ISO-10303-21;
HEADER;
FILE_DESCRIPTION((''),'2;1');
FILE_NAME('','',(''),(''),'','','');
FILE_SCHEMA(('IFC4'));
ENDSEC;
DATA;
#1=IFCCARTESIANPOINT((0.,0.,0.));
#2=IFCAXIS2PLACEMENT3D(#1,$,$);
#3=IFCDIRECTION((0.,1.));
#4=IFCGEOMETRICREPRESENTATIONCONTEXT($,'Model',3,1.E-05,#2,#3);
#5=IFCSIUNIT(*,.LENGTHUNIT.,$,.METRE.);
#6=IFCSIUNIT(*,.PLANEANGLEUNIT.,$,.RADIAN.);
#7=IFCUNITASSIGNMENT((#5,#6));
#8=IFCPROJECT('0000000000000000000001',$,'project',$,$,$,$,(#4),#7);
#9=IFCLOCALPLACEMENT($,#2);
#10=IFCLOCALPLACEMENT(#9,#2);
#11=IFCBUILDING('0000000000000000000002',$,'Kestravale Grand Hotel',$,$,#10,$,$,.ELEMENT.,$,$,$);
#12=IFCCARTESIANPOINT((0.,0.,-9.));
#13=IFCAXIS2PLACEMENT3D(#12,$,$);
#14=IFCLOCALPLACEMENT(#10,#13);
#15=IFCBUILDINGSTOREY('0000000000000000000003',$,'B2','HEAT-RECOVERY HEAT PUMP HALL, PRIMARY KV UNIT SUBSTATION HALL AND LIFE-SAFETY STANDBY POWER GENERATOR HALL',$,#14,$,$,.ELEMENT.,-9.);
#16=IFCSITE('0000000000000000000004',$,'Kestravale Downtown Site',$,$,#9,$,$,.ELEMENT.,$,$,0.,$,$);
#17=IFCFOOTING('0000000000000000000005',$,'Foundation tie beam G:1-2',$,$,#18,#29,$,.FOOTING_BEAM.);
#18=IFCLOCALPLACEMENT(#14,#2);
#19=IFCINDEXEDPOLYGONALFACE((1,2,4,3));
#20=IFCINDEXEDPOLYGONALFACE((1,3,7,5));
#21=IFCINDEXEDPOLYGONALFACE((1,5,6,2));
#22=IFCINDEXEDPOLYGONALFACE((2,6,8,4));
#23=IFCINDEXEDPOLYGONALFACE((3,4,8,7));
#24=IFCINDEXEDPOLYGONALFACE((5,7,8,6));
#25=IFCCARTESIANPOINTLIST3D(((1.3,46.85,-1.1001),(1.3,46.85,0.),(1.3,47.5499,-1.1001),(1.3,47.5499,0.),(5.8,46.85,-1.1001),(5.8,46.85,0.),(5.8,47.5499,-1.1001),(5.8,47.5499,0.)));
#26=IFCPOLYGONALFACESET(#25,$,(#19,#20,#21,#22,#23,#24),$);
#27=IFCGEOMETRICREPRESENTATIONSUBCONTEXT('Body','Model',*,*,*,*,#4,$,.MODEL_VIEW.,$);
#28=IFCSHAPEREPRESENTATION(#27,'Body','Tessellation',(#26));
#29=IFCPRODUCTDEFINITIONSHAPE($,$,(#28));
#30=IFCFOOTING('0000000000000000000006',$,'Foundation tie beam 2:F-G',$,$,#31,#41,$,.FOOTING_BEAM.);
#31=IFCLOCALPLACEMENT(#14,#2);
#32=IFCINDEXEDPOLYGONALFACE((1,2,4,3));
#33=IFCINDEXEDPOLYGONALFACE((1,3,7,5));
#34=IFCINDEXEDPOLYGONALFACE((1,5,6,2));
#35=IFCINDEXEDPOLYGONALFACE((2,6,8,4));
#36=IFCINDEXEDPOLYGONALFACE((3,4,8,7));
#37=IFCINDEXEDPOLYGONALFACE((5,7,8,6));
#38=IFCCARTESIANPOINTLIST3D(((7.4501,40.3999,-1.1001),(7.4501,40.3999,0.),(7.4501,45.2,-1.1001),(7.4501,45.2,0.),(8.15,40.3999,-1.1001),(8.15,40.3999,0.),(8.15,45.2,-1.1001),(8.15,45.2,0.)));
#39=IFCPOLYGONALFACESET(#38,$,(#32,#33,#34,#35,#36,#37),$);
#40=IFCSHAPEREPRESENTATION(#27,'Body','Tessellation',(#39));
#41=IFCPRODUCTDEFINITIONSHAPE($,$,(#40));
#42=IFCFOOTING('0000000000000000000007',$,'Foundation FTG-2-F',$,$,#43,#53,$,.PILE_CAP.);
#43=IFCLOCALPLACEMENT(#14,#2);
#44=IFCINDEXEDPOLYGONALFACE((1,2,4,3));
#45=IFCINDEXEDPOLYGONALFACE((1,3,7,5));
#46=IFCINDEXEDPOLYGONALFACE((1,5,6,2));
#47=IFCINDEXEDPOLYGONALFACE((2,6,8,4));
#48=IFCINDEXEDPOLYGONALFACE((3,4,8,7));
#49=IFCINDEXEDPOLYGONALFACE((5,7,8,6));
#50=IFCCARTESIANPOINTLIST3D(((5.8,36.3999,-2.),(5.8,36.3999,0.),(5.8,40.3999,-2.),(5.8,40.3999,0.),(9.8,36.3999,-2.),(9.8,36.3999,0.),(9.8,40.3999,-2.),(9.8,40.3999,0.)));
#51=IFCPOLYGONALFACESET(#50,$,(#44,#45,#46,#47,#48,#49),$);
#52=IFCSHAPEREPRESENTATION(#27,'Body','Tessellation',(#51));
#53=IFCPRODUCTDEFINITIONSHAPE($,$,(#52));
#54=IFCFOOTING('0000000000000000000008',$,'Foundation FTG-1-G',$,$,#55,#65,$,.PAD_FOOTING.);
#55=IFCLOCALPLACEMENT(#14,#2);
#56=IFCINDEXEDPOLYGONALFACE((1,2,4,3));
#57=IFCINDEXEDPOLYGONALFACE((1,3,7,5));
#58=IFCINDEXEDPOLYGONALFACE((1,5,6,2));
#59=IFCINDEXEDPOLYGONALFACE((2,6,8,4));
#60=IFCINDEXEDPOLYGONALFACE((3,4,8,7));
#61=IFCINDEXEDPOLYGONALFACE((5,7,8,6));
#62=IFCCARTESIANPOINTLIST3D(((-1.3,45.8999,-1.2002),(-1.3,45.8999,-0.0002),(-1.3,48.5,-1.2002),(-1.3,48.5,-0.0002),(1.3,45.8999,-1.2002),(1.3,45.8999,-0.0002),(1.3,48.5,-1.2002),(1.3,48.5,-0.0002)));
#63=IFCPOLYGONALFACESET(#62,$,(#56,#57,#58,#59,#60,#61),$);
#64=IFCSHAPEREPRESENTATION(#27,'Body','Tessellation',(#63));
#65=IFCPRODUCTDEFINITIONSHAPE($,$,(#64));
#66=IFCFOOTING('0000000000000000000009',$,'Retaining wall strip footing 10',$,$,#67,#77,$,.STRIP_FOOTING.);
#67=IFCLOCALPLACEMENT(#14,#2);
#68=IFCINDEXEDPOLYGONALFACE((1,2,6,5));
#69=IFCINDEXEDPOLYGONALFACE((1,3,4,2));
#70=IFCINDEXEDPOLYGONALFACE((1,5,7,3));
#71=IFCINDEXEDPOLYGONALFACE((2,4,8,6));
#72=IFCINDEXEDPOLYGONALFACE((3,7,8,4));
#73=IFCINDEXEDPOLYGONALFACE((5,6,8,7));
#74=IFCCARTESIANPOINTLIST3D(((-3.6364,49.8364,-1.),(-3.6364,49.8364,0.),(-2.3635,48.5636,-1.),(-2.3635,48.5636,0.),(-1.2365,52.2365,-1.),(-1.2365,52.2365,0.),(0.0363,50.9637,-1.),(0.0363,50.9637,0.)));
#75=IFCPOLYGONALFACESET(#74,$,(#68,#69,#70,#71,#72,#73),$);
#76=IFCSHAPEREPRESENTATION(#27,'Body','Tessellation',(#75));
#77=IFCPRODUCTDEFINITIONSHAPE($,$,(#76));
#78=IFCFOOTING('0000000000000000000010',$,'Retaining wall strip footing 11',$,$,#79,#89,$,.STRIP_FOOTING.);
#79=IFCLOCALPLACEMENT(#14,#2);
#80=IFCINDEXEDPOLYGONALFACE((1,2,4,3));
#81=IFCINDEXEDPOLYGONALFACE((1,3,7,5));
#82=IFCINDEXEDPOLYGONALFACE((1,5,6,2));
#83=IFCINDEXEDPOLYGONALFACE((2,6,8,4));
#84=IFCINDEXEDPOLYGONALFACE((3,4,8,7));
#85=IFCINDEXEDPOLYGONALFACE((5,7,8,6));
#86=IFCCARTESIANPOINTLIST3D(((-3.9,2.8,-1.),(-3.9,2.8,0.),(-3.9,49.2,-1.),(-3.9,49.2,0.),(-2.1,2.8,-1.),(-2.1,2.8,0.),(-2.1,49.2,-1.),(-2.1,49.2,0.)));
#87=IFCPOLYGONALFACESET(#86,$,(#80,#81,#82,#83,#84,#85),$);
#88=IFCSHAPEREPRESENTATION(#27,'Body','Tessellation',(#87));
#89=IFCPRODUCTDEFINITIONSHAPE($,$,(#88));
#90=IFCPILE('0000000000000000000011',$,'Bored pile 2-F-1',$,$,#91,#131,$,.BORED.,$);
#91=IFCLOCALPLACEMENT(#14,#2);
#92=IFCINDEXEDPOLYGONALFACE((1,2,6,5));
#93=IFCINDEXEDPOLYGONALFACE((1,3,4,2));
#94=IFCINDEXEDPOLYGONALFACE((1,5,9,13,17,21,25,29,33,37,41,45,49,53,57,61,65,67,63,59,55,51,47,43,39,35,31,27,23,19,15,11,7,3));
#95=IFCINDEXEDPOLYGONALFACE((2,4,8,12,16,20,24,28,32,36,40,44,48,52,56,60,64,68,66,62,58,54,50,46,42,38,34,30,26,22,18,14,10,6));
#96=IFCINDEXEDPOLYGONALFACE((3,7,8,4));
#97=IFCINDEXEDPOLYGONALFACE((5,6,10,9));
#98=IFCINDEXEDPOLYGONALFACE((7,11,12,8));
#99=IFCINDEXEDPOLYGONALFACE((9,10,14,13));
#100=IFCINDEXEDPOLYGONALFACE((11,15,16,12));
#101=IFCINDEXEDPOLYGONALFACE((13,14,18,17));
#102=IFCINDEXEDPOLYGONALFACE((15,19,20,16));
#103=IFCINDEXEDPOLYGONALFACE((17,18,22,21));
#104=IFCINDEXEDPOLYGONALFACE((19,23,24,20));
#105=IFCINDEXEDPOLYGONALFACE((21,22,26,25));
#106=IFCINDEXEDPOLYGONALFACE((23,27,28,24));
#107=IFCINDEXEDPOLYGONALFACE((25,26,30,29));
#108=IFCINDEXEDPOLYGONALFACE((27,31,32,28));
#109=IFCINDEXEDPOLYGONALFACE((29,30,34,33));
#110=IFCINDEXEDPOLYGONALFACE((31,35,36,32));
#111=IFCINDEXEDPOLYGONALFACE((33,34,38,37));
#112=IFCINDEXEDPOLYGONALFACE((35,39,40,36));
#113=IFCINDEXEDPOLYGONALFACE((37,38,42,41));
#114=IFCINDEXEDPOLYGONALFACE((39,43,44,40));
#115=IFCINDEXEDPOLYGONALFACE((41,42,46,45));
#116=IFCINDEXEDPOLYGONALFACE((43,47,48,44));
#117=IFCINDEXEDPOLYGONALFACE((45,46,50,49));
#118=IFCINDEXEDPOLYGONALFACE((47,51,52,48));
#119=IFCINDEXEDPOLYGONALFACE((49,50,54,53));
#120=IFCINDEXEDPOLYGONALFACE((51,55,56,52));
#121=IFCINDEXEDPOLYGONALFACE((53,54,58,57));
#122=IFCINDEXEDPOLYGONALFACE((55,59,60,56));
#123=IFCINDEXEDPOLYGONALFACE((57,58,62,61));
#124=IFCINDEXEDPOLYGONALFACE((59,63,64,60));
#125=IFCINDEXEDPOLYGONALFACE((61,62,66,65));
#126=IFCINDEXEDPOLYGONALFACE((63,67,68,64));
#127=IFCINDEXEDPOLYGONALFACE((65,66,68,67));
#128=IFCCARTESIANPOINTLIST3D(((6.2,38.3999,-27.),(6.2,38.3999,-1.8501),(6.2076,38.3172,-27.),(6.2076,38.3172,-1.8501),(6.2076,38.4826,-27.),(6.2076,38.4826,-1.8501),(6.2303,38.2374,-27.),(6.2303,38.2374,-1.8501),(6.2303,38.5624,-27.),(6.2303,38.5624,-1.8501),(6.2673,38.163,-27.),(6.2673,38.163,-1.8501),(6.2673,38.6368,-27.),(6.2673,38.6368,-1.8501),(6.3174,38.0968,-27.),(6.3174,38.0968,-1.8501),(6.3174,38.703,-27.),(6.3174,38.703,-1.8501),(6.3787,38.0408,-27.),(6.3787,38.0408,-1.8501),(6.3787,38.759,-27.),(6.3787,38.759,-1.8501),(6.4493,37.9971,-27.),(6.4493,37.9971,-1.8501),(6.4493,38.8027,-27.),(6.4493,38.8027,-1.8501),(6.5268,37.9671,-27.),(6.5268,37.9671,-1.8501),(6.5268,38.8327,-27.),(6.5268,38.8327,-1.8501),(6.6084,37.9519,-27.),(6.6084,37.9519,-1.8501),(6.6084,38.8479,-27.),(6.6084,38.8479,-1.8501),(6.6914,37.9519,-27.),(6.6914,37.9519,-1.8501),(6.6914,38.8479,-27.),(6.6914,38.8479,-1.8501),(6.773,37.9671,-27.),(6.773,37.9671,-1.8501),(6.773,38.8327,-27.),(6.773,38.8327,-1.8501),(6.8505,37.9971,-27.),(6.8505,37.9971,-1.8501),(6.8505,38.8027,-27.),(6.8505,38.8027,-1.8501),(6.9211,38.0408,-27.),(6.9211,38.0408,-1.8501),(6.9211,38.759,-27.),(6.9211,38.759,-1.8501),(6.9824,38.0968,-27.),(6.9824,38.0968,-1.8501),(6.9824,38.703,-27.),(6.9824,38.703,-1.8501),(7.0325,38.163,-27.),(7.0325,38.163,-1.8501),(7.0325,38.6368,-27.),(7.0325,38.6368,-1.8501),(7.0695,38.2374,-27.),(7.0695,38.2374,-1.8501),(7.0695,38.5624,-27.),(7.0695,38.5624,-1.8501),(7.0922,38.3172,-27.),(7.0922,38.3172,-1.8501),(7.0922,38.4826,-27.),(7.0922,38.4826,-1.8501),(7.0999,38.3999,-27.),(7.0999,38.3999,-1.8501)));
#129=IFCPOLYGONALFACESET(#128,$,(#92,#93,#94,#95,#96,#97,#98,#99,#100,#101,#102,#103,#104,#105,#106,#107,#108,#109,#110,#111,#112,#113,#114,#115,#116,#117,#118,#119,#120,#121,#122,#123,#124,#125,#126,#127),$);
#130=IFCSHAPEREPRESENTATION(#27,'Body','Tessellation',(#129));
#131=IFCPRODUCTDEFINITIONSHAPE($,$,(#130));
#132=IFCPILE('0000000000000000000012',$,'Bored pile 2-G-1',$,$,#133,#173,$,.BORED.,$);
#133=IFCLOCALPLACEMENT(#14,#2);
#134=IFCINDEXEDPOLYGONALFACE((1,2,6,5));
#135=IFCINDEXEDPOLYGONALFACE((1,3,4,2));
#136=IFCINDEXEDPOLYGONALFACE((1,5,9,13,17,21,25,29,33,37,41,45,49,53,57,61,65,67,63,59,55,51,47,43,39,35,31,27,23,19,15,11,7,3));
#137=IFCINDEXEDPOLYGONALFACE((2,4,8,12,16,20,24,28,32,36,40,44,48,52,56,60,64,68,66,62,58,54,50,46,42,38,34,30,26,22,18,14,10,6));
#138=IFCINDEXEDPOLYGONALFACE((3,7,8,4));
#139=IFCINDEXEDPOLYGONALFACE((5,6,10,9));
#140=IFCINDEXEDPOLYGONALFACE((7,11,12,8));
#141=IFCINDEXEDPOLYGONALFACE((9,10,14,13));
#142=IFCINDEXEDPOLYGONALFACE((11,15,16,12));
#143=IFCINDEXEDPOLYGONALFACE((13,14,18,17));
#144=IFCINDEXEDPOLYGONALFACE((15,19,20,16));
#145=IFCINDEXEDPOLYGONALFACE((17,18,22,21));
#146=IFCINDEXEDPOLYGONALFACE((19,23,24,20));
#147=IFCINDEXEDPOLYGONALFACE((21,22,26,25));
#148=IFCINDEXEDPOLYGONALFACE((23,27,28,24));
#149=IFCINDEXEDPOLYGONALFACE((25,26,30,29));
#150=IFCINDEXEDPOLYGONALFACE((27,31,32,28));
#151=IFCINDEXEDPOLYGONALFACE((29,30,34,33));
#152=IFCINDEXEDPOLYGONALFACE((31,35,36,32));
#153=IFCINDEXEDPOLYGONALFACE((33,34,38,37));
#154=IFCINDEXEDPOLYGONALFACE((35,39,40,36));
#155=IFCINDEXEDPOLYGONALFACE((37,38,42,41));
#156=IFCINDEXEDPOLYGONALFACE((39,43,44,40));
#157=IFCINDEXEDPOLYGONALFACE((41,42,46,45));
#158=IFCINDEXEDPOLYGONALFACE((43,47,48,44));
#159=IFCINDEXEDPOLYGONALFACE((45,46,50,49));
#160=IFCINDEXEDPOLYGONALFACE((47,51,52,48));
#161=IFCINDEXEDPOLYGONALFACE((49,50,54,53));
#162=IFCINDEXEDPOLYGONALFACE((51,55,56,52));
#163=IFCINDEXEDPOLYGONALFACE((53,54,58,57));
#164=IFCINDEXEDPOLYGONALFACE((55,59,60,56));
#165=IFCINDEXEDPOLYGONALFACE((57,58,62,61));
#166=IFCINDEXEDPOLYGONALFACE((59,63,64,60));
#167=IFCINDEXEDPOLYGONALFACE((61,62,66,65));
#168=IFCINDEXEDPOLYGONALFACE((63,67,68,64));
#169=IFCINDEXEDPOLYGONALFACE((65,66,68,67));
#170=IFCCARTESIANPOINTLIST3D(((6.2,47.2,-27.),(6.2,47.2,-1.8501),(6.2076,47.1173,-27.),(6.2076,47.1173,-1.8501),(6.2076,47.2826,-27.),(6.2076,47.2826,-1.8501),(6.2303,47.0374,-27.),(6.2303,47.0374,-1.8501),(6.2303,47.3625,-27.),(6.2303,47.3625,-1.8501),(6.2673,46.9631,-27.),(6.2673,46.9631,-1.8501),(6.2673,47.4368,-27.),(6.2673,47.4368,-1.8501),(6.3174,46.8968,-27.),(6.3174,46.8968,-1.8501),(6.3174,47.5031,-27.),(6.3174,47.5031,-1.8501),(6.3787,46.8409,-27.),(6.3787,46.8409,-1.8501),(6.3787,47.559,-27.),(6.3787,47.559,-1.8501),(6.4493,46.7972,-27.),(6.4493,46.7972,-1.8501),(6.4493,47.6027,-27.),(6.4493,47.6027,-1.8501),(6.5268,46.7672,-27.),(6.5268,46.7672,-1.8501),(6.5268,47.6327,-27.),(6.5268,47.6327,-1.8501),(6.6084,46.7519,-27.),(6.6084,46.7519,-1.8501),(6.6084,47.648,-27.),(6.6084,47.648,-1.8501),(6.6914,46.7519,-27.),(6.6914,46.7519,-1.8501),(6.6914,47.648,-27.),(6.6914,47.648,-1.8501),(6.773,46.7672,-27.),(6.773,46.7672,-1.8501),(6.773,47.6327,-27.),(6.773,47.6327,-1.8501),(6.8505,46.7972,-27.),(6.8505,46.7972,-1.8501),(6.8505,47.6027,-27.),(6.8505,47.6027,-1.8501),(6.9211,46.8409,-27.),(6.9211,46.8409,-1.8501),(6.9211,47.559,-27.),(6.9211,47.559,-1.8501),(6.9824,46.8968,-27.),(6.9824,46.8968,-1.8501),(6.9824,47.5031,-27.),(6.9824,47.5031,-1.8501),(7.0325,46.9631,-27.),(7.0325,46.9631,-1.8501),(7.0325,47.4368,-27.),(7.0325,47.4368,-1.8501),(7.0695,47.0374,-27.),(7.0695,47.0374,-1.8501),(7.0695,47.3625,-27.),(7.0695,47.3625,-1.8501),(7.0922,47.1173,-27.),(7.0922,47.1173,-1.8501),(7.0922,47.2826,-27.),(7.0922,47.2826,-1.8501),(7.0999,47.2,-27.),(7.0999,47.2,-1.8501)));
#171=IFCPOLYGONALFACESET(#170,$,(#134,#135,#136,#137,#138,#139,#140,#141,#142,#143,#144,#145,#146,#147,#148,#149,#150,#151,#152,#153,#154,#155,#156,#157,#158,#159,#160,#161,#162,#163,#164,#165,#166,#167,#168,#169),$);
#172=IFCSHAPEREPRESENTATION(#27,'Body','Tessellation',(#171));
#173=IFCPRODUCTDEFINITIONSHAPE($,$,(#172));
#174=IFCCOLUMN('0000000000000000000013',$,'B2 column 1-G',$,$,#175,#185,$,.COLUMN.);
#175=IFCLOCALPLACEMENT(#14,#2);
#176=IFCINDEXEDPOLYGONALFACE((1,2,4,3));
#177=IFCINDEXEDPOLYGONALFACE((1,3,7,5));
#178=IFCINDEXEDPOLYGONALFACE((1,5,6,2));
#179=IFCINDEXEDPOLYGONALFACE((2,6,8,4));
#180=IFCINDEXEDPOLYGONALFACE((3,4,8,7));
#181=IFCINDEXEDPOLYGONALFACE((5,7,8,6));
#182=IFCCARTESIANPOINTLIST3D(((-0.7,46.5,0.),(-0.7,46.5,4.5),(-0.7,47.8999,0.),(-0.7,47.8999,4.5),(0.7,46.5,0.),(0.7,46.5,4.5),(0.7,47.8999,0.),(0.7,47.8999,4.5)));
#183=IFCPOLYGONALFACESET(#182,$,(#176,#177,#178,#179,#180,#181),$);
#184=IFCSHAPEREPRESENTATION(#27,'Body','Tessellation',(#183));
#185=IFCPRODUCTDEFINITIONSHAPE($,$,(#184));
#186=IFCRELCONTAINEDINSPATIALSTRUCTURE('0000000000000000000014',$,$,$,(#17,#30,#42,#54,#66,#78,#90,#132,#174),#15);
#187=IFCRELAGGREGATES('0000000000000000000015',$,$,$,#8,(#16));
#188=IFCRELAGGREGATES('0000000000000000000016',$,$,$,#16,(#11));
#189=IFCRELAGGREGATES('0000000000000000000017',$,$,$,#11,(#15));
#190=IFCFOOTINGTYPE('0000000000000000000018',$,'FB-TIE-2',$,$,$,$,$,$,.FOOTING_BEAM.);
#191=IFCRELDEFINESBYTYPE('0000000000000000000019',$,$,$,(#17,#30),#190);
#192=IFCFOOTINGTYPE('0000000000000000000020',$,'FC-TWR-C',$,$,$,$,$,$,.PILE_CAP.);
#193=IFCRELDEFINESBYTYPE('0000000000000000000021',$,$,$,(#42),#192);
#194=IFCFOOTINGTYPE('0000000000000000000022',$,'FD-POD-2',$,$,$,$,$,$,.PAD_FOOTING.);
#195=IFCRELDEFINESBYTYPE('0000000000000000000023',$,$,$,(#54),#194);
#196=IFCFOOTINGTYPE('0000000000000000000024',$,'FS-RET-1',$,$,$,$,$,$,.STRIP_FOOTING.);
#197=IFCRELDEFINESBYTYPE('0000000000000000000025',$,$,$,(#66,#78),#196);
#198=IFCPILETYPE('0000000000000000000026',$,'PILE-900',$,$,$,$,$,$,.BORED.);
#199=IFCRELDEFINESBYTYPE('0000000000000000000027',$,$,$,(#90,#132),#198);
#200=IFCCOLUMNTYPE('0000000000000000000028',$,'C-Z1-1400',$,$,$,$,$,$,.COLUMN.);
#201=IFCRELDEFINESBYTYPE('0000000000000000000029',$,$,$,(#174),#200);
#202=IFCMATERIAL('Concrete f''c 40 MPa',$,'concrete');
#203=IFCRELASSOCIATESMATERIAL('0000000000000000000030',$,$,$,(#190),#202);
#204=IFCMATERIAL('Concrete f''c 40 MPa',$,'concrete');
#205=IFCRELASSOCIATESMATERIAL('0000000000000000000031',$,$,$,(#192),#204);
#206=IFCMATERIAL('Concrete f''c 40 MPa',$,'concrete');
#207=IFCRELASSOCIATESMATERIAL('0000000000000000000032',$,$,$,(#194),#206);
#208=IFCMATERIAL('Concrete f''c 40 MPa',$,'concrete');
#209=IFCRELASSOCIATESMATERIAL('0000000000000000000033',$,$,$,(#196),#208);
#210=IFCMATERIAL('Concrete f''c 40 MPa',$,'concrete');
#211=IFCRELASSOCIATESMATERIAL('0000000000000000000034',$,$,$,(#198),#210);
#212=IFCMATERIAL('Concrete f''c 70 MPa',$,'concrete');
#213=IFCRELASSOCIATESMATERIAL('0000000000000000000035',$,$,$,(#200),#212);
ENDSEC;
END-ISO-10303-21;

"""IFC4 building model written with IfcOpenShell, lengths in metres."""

from ifc_helpers import new_model, si_unit, direction, frame, origin, origin_2d, place, context, subcontext, project, spatial, rectangle, circle, extrude, material, material_profile, profile_set, type_object, element, save


model = new_model("IFC4")

# Units and contexts
model_context = context("Model", 3, precision=1e-05, world=origin(), true_north=direction((0.0, 1.0)))
body_context = subcontext(model_context, "Body", "Model", "MODEL_VIEW")
ifc_project = project(units=[si_unit("LENGTHUNIT", "METRE"), si_unit("PLANEANGLEUNIT", "RADIAN")], contexts=[model_context])

# Site, building, storey
site_placement = place(None, origin())
site = spatial("IfcSite", under=ifc_project, at=site_placement, Name="Kestravale Downtown Site", CompositionType="ELEMENT", RefElevation=0.0)
building_placement = place(site_placement, origin())
building = spatial("IfcBuilding", under=site, at=building_placement, Name="Kestravale Grand Hotel", CompositionType="ELEMENT")
storey_placement = place(building_placement, frame((0.0, 0.0, -9.0)))
storey = spatial("IfcBuildingStorey", under=building, at=storey_placement, Name="B2", Description="HEAT-RECOVERY HEAT PUMP HALL, PRIMARY KV UNIT SUBSTATION HALL AND LIFE-SAFETY STANDBY POWER GENERATOR HALL", CompositionType="ELEMENT", Elevation=-9.0)

# Footings
ifc_material_1 = material(Name="Concrete f'c 40 MPa", Category="concrete")
ifc_material_profile_1 = material_profile(ifc_material_1, rectangle(XDim=0.7, YDim=1.1001, at=origin_2d()))
ifc_profile_set_1 = profile_set([ifc_material_profile_1], Name="Concrete f'c 40 MPa")
footing_type_1 = type_object("IfcFootingType", Name="FB-TIE-2", PredefinedType="FOOTING_BEAM", material=ifc_profile_set_1)
footing_1_placement = place(storey_placement, frame((1.3, 47.2, -0.55), z_axis=(1.0, 0.0, 0.0), x_axis=(0.0, 1.0, 0.0)))
element("IfcFooting", 1, at=footing_1_placement, inside=storey, type_object=footing_type_1, Name="Foundation tie beam G:1-2", PredefinedType="FOOTING_BEAM", context=body_context, shape_type="SweptSolid", body=[
    extrude(rectangle(XDim=0.7, YDim=1.1001, at=origin_2d()), origin(), (0.0, 0.0, 1.0), 4.5),
])
footing_2_placement = place(storey_placement, frame((7.8, 40.3999, -0.55), z_axis=(0.0, 1.0, 0.0), x_axis=(-1.0, 0.0, 0.0)))
element("IfcFooting", 2, at=footing_2_placement, inside=storey, type_object=footing_type_1, Name="Foundation tie beam 2:F-G", PredefinedType="FOOTING_BEAM", context=body_context, shape_type="SweptSolid", body=[
    extrude(rectangle(XDim=0.7, YDim=1.1001, at=origin_2d()), origin(), (0.0, 0.0, 1.0), 4.8),
])
ifc_material_2 = material(Name="Concrete f'c 40 MPa", Category="concrete")
footing_type_2 = type_object("IfcFootingType", Name="FC-TWR-C", PredefinedType="PILE_CAP", material=ifc_material_2)
footing_3_placement = place(storey_placement, frame((7.8, 38.3999, -2.0), z_axis=(0.0, 0.0, 1.0), x_axis=(1.0, 0.0, 0.0)))
element("IfcFooting", 3, at=footing_3_placement, inside=storey, type_object=footing_type_2, Name="Foundation FTG-2-F", PredefinedType="PILE_CAP", context=body_context, shape_type="SweptSolid", body=[
    extrude(rectangle(XDim=4.0, YDim=4.0, at=origin_2d()), origin(), (0.0, 0.0, 1.0), 2.0),
])
ifc_material_3 = material(Name="Concrete f'c 40 MPa", Category="concrete")
footing_type_3 = type_object("IfcFootingType", Name="FD-POD-2", PredefinedType="PAD_FOOTING", material=ifc_material_3)
footing_4_placement = place(storey_placement, frame((0.0, 47.2, -1.2002), z_axis=(0.0, 0.0, 1.0), x_axis=(1.0, 0.0, 0.0)))
element("IfcFooting", 4, at=footing_4_placement, inside=storey, type_object=footing_type_3, Name="Foundation FTG-1-G", PredefinedType="PAD_FOOTING", context=body_context, shape_type="SweptSolid", body=[
    extrude(rectangle(XDim=2.6001, YDim=2.6001, at=origin_2d()), origin(), (0.0, 0.0, 1.0), 1.2),
])
ifc_material_4 = material(Name="Concrete f'c 40 MPa", Category="concrete")
ifc_material_profile_2 = material_profile(ifc_material_4, rectangle(XDim=1.8, YDim=1.0, at=origin_2d()))
ifc_profile_set_2 = profile_set([ifc_material_profile_2], Name="Concrete f'c 40 MPa")
footing_type_4 = type_object("IfcFootingType", Name="FS-RET-1", PredefinedType="STRIP_FOOTING", material=ifc_profile_set_2)
footing_5_placement = place(storey_placement, frame((-0.6001, 51.6001, -0.5), z_axis=(-0.707071, -0.707143, 0.0), x_axis=(0.707143, -0.707071, 0.0)))
element("IfcFooting", 5, at=footing_5_placement, inside=storey, type_object=footing_type_4, Name="Retaining wall strip footing 10", PredefinedType="STRIP_FOOTING", context=body_context, shape_type="SweptSolid", body=[
    extrude(rectangle(XDim=1.8, YDim=1.0, at=origin_2d()), origin(), (0.0, 0.0, 1.0), 3.394),
])
footing_6_placement = place(storey_placement, frame((-3.0, 49.2, -0.5), z_axis=(0.0, -1.0, 0.0), x_axis=(1.0, 0.0, 0.0)))
element("IfcFooting", 6, at=footing_6_placement, inside=storey, type_object=footing_type_4, Name="Retaining wall strip footing 11", PredefinedType="STRIP_FOOTING", context=body_context, shape_type="SweptSolid", body=[
    extrude(rectangle(XDim=1.8, YDim=1.0, at=origin_2d()), origin(), (0.0, 0.0, 1.0), 46.3999),
])

# Piles
ifc_material_5 = material(Name="Concrete f'c 40 MPa", Category="concrete")
ifc_material_profile_3 = material_profile(ifc_material_5, circle(Radius=0.45, at=origin_2d()))
ifc_profile_set_3 = profile_set([ifc_material_profile_3], Name="Concrete f'c 40 MPa")
pile_type = type_object("IfcPileType", Name="PILE-900", PredefinedType="BORED", material=ifc_profile_set_3)
for number, where, z_axis, x_axis, name in (
    (7, (6.6499, 38.3999, -1.8501), (0.0, 0.0, -1.0), (1.0, 0.0, 0.0), "Bored pile 2-F-1"),
    (8, (6.6499, 47.2, -1.8501), (0.0, 0.0, -1.0), (1.0, 0.0, 0.0), "Bored pile 2-G-1"),
):
    element("IfcPile", number, at=place(storey_placement, frame(where, z_axis=z_axis, x_axis=x_axis)), inside=storey, type_object=pile_type, Name=name, PredefinedType="BORED", context=body_context, shape_type="SweptSolid", body=[
        extrude(circle(Radius=0.45, at=origin_2d()), origin(), (0.0, 0.0, 1.0), 25.1499),
    ])

# Column
ifc_material_6 = material(Name="Concrete f'c 70 MPa", Category="concrete")
ifc_material_profile_4 = material_profile(ifc_material_6, rectangle(XDim=1.3999, YDim=1.3999, at=origin_2d()))
ifc_profile_set_4 = profile_set([ifc_material_profile_4], Name="Concrete f'c 70 MPa")
column_type = type_object("IfcColumnType", Name="C-Z1-1400", PredefinedType="COLUMN", material=ifc_profile_set_4)
for number, where, z_axis, x_axis, name in (
    (9, (0.0, 47.2, 0.0), (0.0, 0.0, 1.0), (1.0, 0.0, 0.0), "B2 column 1-G"),
):
    element("IfcColumn", number, at=place(storey_placement, frame(where, z_axis=z_axis, x_axis=x_axis)), inside=storey, type_object=column_type, Name=name, PredefinedType="COLUMN", context=body_context, shape_type="SweptSolid", body=[
        extrude(rectangle(XDim=1.3999, YDim=1.3999, at=origin_2d()), origin(), (0.0, 0.0, 1.0), 4.5),
    ])

save(model, "model.ifc")
